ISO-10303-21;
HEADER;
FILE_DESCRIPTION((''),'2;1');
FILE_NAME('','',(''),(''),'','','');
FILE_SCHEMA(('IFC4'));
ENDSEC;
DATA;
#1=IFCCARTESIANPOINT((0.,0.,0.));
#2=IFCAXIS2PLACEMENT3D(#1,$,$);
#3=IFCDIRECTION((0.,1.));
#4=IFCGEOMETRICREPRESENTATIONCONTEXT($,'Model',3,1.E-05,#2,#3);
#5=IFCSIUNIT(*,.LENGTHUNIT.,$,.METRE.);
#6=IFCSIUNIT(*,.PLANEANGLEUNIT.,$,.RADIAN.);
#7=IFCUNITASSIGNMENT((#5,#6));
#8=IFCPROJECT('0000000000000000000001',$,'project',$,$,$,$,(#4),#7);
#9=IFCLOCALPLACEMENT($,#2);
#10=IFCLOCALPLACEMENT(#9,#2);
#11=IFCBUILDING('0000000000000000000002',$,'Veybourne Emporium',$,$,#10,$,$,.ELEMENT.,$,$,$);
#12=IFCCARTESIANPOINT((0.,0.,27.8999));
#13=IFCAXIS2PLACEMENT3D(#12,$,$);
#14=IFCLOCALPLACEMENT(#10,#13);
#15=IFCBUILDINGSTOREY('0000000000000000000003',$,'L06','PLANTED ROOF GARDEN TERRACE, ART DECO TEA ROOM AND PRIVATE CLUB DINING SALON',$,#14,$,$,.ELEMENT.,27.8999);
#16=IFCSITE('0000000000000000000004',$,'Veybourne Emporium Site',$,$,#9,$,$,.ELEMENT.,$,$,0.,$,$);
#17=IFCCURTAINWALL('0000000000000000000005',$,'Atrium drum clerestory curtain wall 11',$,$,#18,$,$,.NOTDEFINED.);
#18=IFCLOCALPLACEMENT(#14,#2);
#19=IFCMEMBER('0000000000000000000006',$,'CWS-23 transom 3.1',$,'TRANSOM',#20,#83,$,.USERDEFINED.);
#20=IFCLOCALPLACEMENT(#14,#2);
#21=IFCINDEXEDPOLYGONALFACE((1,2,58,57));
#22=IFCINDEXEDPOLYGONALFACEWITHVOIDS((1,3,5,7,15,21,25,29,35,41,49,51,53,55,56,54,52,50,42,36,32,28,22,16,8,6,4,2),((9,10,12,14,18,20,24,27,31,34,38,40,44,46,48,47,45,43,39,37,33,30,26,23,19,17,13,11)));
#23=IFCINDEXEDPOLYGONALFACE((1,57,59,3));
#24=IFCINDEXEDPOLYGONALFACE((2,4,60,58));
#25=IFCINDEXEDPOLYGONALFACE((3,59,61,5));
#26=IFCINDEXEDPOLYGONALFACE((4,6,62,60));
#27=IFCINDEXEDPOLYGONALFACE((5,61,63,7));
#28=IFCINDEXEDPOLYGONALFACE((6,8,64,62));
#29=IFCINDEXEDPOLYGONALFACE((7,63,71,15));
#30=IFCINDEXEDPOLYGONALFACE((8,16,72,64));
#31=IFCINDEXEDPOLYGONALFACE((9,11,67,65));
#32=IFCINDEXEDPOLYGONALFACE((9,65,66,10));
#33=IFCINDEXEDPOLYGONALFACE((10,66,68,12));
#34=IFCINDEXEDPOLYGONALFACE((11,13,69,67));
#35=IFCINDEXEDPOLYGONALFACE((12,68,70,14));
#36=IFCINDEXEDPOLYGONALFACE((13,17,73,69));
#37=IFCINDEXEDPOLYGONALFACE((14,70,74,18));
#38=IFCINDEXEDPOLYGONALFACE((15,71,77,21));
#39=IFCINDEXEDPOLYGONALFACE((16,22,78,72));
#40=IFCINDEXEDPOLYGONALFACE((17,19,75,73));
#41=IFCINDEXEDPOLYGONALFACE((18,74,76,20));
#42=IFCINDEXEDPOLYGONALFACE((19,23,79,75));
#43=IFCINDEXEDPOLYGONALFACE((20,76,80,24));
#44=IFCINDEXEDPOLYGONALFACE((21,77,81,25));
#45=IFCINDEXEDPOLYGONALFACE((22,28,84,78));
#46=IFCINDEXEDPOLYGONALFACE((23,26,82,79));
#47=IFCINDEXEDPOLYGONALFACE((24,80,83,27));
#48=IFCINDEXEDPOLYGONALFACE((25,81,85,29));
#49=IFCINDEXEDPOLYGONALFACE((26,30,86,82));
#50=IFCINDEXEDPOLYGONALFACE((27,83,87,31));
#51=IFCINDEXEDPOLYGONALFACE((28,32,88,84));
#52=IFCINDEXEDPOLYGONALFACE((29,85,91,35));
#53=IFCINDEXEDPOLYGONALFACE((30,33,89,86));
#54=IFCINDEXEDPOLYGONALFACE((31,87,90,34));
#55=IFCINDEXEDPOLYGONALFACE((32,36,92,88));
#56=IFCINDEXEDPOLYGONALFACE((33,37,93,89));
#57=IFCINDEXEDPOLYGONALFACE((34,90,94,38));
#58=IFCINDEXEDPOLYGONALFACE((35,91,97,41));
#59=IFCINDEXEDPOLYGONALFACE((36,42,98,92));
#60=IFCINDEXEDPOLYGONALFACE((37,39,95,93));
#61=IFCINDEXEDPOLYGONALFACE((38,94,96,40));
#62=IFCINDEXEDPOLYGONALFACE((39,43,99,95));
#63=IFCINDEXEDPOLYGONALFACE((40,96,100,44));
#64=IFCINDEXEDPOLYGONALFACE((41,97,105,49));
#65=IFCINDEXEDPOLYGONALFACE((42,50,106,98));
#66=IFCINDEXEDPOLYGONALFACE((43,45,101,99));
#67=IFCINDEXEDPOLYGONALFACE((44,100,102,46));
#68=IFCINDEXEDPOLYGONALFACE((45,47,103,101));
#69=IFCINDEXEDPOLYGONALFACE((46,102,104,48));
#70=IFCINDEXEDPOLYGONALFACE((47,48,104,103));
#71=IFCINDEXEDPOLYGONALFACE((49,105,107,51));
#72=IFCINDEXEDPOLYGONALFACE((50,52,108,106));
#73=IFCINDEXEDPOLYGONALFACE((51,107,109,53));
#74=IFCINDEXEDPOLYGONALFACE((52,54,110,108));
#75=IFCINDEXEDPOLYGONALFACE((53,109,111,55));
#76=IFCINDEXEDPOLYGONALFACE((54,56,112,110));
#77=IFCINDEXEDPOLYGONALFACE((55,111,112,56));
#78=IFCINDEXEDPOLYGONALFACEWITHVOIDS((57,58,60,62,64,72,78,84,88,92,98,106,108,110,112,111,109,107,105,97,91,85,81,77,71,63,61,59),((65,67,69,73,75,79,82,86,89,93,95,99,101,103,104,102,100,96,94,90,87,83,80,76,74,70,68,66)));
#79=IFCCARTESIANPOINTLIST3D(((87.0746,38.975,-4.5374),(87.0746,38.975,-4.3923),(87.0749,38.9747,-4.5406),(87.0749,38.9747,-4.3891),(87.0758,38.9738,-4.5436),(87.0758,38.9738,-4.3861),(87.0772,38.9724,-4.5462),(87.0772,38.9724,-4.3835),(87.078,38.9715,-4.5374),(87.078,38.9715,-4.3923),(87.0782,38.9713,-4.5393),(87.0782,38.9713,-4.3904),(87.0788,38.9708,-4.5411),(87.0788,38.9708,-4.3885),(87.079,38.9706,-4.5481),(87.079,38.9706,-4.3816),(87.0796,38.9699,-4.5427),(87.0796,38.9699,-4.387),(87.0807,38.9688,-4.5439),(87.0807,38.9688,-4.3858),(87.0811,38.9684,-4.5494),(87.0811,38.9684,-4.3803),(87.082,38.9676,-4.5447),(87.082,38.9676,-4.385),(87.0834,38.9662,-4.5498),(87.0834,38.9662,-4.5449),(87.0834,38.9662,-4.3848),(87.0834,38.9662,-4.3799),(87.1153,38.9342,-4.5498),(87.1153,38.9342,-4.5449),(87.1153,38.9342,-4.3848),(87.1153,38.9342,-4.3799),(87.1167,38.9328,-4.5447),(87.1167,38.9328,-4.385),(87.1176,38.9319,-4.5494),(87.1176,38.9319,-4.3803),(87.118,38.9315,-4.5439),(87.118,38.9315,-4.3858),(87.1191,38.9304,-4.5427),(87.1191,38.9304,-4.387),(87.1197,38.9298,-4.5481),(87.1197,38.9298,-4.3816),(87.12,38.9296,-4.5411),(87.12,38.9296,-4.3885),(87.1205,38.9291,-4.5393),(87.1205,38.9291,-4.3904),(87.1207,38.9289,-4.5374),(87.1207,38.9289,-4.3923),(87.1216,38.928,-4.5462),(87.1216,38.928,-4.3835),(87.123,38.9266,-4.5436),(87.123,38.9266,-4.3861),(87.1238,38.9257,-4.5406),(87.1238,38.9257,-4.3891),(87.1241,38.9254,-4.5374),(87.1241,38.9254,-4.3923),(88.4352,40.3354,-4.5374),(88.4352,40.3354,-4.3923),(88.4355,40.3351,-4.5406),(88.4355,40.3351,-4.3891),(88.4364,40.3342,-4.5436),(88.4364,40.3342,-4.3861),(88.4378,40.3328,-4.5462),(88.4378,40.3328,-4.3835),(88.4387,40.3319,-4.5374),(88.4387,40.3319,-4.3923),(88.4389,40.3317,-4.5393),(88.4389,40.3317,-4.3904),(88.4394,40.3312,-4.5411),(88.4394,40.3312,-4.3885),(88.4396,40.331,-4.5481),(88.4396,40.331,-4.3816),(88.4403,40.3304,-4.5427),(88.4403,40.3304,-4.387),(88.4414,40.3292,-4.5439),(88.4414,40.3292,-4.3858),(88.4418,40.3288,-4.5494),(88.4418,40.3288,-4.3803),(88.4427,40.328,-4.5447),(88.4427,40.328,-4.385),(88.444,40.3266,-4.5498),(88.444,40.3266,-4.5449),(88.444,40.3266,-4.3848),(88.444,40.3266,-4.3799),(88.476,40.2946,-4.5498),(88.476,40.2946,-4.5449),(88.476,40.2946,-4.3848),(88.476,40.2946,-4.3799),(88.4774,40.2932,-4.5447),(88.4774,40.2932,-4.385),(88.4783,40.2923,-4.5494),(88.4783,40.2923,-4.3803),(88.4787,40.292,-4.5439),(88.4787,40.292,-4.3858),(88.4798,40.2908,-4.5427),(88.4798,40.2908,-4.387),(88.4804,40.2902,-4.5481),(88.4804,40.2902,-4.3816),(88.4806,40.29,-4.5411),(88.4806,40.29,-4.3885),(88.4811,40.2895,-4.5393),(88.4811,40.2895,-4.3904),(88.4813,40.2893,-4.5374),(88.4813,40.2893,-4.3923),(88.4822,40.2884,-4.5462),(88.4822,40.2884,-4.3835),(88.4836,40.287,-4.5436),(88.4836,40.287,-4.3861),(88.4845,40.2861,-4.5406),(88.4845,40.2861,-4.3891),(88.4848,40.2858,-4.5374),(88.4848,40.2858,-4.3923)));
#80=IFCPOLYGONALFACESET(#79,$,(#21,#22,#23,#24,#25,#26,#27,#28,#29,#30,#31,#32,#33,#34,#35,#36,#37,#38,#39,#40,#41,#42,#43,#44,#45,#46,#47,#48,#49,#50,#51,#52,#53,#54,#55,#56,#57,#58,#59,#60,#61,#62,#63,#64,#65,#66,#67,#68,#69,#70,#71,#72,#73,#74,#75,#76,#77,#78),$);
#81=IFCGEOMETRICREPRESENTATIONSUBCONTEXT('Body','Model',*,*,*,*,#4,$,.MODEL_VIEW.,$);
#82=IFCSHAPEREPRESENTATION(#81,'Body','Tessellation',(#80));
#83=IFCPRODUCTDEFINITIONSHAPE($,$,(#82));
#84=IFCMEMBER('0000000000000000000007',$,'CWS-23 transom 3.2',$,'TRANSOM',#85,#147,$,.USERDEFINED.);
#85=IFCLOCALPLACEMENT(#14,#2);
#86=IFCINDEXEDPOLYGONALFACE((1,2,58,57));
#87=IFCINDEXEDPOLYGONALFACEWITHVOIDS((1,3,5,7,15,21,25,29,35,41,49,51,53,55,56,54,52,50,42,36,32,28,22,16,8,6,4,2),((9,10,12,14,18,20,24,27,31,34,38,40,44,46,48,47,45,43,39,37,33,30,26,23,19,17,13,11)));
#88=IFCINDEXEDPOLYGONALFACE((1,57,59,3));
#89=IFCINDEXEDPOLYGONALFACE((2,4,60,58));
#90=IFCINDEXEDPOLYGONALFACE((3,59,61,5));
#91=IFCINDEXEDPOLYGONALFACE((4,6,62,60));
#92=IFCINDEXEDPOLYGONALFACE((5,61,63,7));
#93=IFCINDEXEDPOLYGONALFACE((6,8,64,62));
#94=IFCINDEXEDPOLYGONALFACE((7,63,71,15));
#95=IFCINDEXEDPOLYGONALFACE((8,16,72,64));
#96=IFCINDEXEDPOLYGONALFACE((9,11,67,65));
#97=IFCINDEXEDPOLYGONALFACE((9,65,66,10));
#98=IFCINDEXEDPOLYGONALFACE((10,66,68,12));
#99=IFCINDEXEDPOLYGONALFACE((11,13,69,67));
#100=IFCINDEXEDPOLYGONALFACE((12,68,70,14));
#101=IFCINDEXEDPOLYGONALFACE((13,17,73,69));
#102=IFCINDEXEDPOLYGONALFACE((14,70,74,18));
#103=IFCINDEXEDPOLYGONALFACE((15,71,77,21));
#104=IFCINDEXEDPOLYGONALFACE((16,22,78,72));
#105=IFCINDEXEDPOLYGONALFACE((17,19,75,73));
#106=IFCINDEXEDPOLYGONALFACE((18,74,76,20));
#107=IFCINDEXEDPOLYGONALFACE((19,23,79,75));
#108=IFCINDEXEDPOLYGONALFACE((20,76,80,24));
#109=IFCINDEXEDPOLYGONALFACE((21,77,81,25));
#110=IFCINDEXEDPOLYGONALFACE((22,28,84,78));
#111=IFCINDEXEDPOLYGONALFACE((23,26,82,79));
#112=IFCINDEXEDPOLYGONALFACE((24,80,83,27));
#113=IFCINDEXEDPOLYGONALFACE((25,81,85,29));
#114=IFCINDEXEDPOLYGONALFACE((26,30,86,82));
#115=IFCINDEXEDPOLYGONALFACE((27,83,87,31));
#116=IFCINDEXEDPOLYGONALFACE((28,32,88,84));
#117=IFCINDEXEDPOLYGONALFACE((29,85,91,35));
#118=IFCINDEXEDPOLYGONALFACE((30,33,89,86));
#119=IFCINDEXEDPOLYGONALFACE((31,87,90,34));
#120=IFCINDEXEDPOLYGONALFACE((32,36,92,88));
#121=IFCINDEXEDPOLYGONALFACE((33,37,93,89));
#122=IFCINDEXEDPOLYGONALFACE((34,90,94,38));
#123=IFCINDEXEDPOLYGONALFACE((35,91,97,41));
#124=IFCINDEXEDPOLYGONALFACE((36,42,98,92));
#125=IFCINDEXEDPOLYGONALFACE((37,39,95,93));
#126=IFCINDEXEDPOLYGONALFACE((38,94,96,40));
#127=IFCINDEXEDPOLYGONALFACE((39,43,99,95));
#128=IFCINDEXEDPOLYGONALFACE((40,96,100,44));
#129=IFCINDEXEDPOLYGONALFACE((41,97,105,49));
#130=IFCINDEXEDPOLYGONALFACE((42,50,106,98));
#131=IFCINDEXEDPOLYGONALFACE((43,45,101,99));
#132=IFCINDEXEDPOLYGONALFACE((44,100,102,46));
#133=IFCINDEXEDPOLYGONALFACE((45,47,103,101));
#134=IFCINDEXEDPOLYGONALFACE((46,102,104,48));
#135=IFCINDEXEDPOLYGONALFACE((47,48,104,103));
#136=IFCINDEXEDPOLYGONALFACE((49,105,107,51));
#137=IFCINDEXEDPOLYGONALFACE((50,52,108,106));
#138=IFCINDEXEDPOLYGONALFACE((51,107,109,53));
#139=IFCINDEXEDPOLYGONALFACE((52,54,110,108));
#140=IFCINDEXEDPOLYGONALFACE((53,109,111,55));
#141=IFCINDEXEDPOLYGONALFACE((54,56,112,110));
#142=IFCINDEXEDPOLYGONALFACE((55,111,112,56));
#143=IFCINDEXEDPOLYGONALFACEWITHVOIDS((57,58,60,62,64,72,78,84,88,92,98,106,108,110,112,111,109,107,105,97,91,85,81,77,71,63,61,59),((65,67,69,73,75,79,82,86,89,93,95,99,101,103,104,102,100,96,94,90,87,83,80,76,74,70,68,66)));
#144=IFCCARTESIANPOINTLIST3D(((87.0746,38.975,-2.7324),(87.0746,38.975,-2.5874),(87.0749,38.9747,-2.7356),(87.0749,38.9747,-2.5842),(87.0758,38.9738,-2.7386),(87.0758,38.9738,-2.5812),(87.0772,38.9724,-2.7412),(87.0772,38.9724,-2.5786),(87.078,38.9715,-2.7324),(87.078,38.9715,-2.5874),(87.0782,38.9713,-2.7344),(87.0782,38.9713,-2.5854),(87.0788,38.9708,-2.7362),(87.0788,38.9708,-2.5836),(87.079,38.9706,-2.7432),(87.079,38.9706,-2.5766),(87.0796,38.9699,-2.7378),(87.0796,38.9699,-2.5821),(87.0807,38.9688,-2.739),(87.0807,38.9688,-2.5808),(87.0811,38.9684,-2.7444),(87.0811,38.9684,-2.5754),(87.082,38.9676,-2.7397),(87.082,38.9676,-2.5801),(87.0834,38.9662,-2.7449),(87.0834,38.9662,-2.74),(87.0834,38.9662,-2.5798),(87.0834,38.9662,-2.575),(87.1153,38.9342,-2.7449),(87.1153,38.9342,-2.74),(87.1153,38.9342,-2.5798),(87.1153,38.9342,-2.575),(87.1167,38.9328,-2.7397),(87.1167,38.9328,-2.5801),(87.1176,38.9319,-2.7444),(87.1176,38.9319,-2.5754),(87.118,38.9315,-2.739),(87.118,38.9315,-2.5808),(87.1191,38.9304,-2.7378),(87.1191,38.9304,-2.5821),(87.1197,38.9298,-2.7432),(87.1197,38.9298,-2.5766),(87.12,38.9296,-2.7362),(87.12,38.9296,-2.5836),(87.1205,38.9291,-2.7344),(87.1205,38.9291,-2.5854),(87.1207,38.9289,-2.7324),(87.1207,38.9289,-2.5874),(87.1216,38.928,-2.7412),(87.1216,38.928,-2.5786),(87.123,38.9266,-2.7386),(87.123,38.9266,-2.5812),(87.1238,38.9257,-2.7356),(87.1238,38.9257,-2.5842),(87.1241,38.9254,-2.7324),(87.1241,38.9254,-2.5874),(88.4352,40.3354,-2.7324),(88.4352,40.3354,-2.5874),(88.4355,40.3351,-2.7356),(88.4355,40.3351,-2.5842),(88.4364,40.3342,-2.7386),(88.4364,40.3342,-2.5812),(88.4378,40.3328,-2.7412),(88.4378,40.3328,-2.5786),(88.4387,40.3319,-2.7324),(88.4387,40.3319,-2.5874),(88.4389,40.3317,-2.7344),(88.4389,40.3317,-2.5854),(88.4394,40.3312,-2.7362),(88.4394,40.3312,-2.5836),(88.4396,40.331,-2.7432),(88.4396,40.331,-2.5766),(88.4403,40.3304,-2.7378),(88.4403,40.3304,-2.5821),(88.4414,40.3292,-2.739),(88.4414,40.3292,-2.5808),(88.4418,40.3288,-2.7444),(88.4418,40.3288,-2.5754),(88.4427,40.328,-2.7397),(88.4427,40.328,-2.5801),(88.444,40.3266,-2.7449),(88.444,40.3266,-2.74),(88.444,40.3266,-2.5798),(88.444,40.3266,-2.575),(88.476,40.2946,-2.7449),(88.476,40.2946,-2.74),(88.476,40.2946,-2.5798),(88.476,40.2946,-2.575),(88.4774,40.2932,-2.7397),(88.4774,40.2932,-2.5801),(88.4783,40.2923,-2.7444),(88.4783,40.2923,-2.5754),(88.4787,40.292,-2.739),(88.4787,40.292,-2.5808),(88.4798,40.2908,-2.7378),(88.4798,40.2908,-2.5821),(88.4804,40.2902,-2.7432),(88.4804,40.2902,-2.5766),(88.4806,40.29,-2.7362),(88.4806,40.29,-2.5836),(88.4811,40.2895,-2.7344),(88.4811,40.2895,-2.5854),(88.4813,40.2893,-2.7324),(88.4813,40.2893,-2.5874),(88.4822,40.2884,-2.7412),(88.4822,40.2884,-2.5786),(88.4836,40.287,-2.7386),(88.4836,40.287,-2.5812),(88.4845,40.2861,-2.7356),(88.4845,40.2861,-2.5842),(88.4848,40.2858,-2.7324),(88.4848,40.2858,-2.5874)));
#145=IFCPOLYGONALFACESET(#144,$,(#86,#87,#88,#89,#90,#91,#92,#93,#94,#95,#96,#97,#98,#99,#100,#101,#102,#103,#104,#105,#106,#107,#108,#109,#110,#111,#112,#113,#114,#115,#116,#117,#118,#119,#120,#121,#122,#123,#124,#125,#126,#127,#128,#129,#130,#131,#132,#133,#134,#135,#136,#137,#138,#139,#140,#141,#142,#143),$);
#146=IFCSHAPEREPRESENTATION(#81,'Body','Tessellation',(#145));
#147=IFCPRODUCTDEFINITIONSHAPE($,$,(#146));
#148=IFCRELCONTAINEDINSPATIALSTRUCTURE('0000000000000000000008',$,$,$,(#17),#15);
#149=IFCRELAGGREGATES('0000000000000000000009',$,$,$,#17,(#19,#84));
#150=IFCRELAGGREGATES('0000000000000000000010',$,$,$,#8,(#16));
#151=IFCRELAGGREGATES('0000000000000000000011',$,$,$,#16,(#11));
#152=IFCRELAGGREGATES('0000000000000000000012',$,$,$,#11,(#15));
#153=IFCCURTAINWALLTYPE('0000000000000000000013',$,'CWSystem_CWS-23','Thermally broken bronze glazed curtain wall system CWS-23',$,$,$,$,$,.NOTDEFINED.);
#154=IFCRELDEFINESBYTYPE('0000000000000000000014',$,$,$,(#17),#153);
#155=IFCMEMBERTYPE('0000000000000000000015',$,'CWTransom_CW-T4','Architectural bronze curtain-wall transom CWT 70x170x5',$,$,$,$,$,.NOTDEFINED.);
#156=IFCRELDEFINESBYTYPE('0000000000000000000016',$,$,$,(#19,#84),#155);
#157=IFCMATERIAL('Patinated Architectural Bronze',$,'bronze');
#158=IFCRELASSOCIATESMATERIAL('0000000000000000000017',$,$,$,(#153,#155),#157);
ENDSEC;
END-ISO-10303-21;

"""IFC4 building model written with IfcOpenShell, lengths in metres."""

from ifc_helpers import new_model, si_unit, direction, frame, origin, origin_2d, place, context, subcontext, project, spatial, hollow_rectangle, extrude, material, material_profile, profile_set, type_object, element, aggregate, save


model = new_model("IFC4")

# Units and contexts
model_context = context("Model", 3, precision=1e-05, world=origin(), true_north=direction((0.0, 1.0)))
body_context = subcontext(model_context, "Body", "Model", "MODEL_VIEW")
ifc_project = project(units=[si_unit("LENGTHUNIT", "METRE"), si_unit("PLANEANGLEUNIT", "RADIAN")], contexts=[model_context])

# Site, building, storey
site_placement = place(None, origin())
site = spatial("IfcSite", under=ifc_project, at=site_placement, Name="Veybourne Emporium Site", CompositionType="ELEMENT", RefElevation=0.0)
building_placement = place(site_placement, origin())
building = spatial("IfcBuilding", under=site, at=building_placement, Name="Veybourne Emporium", CompositionType="ELEMENT")
storey_placement = place(building_placement, frame((0.0, 0.0, 27.8999)))
storey = spatial("IfcBuildingStorey", under=building, at=storey_placement, Name="L06", Description="PLANTED ROOF GARDEN TERRACE, ART DECO TEA ROOM AND PRIVATE CLUB DINING SALON", CompositionType="ELEMENT", Elevation=27.8999)

# Curtain wall, members
ifc_material_1 = material(Name="Patinated Architectural Bronze", Category="bronze")
curtain_wall_type = type_object("IfcCurtainWallType", Name="CWSystem_CWS-23", Description="Thermally broken bronze glazed curtain wall system CWS-23", PredefinedType="NOTDEFINED", material=ifc_material_1)
curtain_wall_placement = place(storey_placement, origin())
curtain_wall = element("IfcCurtainWall", 1, at=curtain_wall_placement, inside=storey, type_object=curtain_wall_type, Name="Atrium drum clerestory curtain wall 11", PredefinedType="NOTDEFINED")
ifc_material_profile_1 = material_profile(ifc_material_1, hollow_rectangle(XDim=0.0701, YDim=0.1699, WallThickness=0.0049, InnerFilletRadius=0.0076, OuterFilletRadius=0.0125, at=origin_2d()), Name="CWT 70x170x5")
ifc_profile_set_1 = profile_set([ifc_material_profile_1], Name="Patinated Architectural Bronze")
member_type_1 = type_object("IfcMemberType", Name="CWTransom_CW-T4", Description="Architectural bronze curtain-wall transom CWT 70x170x5", PredefinedType="NOTDEFINED", material=ifc_profile_set_1)
member_1_placement = place(storey_placement, frame((87.0994, 38.9502, -4.4648), z_axis=(0.70717, 0.707043, 0.0), x_axis=(-0.707043, 0.70717, 0.0)))
member_1 = element("IfcMember", 2, at=member_1_placement, type_object=member_type_1, Name="CWS-23 transom 3.1", ObjectType="TRANSOM", PredefinedType="USERDEFINED", context=body_context, shape_type="SweptSolid", body=[
    extrude(hollow_rectangle(XDim=0.0701, YDim=0.1699, WallThickness=0.0049, InnerFilletRadius=0.0076, OuterFilletRadius=0.0125, at=origin_2d()), origin(), (0.0, 0.0, 1.0), 1.9241),
])
member_2_placement = place(storey_placement, frame((87.0994, 38.9502, -2.6599), z_axis=(0.70717, 0.707043, 0.0), x_axis=(-0.707043, 0.70717, 0.0)))
member_2 = element("IfcMember", 3, at=member_2_placement, type_object=member_type_1, Name="CWS-23 transom 3.2", ObjectType="TRANSOM", PredefinedType="USERDEFINED", context=body_context, shape_type="SweptSolid", body=[
    extrude(hollow_rectangle(XDim=0.0701, YDim=0.1699, WallThickness=0.0049, InnerFilletRadius=0.0076, OuterFilletRadius=0.0125, at=origin_2d()), origin(), (0.0, 0.0, 1.0), 1.9241),
])

aggregate(curtain_wall, [member_1, member_2])

save(model, "model.ifc")
